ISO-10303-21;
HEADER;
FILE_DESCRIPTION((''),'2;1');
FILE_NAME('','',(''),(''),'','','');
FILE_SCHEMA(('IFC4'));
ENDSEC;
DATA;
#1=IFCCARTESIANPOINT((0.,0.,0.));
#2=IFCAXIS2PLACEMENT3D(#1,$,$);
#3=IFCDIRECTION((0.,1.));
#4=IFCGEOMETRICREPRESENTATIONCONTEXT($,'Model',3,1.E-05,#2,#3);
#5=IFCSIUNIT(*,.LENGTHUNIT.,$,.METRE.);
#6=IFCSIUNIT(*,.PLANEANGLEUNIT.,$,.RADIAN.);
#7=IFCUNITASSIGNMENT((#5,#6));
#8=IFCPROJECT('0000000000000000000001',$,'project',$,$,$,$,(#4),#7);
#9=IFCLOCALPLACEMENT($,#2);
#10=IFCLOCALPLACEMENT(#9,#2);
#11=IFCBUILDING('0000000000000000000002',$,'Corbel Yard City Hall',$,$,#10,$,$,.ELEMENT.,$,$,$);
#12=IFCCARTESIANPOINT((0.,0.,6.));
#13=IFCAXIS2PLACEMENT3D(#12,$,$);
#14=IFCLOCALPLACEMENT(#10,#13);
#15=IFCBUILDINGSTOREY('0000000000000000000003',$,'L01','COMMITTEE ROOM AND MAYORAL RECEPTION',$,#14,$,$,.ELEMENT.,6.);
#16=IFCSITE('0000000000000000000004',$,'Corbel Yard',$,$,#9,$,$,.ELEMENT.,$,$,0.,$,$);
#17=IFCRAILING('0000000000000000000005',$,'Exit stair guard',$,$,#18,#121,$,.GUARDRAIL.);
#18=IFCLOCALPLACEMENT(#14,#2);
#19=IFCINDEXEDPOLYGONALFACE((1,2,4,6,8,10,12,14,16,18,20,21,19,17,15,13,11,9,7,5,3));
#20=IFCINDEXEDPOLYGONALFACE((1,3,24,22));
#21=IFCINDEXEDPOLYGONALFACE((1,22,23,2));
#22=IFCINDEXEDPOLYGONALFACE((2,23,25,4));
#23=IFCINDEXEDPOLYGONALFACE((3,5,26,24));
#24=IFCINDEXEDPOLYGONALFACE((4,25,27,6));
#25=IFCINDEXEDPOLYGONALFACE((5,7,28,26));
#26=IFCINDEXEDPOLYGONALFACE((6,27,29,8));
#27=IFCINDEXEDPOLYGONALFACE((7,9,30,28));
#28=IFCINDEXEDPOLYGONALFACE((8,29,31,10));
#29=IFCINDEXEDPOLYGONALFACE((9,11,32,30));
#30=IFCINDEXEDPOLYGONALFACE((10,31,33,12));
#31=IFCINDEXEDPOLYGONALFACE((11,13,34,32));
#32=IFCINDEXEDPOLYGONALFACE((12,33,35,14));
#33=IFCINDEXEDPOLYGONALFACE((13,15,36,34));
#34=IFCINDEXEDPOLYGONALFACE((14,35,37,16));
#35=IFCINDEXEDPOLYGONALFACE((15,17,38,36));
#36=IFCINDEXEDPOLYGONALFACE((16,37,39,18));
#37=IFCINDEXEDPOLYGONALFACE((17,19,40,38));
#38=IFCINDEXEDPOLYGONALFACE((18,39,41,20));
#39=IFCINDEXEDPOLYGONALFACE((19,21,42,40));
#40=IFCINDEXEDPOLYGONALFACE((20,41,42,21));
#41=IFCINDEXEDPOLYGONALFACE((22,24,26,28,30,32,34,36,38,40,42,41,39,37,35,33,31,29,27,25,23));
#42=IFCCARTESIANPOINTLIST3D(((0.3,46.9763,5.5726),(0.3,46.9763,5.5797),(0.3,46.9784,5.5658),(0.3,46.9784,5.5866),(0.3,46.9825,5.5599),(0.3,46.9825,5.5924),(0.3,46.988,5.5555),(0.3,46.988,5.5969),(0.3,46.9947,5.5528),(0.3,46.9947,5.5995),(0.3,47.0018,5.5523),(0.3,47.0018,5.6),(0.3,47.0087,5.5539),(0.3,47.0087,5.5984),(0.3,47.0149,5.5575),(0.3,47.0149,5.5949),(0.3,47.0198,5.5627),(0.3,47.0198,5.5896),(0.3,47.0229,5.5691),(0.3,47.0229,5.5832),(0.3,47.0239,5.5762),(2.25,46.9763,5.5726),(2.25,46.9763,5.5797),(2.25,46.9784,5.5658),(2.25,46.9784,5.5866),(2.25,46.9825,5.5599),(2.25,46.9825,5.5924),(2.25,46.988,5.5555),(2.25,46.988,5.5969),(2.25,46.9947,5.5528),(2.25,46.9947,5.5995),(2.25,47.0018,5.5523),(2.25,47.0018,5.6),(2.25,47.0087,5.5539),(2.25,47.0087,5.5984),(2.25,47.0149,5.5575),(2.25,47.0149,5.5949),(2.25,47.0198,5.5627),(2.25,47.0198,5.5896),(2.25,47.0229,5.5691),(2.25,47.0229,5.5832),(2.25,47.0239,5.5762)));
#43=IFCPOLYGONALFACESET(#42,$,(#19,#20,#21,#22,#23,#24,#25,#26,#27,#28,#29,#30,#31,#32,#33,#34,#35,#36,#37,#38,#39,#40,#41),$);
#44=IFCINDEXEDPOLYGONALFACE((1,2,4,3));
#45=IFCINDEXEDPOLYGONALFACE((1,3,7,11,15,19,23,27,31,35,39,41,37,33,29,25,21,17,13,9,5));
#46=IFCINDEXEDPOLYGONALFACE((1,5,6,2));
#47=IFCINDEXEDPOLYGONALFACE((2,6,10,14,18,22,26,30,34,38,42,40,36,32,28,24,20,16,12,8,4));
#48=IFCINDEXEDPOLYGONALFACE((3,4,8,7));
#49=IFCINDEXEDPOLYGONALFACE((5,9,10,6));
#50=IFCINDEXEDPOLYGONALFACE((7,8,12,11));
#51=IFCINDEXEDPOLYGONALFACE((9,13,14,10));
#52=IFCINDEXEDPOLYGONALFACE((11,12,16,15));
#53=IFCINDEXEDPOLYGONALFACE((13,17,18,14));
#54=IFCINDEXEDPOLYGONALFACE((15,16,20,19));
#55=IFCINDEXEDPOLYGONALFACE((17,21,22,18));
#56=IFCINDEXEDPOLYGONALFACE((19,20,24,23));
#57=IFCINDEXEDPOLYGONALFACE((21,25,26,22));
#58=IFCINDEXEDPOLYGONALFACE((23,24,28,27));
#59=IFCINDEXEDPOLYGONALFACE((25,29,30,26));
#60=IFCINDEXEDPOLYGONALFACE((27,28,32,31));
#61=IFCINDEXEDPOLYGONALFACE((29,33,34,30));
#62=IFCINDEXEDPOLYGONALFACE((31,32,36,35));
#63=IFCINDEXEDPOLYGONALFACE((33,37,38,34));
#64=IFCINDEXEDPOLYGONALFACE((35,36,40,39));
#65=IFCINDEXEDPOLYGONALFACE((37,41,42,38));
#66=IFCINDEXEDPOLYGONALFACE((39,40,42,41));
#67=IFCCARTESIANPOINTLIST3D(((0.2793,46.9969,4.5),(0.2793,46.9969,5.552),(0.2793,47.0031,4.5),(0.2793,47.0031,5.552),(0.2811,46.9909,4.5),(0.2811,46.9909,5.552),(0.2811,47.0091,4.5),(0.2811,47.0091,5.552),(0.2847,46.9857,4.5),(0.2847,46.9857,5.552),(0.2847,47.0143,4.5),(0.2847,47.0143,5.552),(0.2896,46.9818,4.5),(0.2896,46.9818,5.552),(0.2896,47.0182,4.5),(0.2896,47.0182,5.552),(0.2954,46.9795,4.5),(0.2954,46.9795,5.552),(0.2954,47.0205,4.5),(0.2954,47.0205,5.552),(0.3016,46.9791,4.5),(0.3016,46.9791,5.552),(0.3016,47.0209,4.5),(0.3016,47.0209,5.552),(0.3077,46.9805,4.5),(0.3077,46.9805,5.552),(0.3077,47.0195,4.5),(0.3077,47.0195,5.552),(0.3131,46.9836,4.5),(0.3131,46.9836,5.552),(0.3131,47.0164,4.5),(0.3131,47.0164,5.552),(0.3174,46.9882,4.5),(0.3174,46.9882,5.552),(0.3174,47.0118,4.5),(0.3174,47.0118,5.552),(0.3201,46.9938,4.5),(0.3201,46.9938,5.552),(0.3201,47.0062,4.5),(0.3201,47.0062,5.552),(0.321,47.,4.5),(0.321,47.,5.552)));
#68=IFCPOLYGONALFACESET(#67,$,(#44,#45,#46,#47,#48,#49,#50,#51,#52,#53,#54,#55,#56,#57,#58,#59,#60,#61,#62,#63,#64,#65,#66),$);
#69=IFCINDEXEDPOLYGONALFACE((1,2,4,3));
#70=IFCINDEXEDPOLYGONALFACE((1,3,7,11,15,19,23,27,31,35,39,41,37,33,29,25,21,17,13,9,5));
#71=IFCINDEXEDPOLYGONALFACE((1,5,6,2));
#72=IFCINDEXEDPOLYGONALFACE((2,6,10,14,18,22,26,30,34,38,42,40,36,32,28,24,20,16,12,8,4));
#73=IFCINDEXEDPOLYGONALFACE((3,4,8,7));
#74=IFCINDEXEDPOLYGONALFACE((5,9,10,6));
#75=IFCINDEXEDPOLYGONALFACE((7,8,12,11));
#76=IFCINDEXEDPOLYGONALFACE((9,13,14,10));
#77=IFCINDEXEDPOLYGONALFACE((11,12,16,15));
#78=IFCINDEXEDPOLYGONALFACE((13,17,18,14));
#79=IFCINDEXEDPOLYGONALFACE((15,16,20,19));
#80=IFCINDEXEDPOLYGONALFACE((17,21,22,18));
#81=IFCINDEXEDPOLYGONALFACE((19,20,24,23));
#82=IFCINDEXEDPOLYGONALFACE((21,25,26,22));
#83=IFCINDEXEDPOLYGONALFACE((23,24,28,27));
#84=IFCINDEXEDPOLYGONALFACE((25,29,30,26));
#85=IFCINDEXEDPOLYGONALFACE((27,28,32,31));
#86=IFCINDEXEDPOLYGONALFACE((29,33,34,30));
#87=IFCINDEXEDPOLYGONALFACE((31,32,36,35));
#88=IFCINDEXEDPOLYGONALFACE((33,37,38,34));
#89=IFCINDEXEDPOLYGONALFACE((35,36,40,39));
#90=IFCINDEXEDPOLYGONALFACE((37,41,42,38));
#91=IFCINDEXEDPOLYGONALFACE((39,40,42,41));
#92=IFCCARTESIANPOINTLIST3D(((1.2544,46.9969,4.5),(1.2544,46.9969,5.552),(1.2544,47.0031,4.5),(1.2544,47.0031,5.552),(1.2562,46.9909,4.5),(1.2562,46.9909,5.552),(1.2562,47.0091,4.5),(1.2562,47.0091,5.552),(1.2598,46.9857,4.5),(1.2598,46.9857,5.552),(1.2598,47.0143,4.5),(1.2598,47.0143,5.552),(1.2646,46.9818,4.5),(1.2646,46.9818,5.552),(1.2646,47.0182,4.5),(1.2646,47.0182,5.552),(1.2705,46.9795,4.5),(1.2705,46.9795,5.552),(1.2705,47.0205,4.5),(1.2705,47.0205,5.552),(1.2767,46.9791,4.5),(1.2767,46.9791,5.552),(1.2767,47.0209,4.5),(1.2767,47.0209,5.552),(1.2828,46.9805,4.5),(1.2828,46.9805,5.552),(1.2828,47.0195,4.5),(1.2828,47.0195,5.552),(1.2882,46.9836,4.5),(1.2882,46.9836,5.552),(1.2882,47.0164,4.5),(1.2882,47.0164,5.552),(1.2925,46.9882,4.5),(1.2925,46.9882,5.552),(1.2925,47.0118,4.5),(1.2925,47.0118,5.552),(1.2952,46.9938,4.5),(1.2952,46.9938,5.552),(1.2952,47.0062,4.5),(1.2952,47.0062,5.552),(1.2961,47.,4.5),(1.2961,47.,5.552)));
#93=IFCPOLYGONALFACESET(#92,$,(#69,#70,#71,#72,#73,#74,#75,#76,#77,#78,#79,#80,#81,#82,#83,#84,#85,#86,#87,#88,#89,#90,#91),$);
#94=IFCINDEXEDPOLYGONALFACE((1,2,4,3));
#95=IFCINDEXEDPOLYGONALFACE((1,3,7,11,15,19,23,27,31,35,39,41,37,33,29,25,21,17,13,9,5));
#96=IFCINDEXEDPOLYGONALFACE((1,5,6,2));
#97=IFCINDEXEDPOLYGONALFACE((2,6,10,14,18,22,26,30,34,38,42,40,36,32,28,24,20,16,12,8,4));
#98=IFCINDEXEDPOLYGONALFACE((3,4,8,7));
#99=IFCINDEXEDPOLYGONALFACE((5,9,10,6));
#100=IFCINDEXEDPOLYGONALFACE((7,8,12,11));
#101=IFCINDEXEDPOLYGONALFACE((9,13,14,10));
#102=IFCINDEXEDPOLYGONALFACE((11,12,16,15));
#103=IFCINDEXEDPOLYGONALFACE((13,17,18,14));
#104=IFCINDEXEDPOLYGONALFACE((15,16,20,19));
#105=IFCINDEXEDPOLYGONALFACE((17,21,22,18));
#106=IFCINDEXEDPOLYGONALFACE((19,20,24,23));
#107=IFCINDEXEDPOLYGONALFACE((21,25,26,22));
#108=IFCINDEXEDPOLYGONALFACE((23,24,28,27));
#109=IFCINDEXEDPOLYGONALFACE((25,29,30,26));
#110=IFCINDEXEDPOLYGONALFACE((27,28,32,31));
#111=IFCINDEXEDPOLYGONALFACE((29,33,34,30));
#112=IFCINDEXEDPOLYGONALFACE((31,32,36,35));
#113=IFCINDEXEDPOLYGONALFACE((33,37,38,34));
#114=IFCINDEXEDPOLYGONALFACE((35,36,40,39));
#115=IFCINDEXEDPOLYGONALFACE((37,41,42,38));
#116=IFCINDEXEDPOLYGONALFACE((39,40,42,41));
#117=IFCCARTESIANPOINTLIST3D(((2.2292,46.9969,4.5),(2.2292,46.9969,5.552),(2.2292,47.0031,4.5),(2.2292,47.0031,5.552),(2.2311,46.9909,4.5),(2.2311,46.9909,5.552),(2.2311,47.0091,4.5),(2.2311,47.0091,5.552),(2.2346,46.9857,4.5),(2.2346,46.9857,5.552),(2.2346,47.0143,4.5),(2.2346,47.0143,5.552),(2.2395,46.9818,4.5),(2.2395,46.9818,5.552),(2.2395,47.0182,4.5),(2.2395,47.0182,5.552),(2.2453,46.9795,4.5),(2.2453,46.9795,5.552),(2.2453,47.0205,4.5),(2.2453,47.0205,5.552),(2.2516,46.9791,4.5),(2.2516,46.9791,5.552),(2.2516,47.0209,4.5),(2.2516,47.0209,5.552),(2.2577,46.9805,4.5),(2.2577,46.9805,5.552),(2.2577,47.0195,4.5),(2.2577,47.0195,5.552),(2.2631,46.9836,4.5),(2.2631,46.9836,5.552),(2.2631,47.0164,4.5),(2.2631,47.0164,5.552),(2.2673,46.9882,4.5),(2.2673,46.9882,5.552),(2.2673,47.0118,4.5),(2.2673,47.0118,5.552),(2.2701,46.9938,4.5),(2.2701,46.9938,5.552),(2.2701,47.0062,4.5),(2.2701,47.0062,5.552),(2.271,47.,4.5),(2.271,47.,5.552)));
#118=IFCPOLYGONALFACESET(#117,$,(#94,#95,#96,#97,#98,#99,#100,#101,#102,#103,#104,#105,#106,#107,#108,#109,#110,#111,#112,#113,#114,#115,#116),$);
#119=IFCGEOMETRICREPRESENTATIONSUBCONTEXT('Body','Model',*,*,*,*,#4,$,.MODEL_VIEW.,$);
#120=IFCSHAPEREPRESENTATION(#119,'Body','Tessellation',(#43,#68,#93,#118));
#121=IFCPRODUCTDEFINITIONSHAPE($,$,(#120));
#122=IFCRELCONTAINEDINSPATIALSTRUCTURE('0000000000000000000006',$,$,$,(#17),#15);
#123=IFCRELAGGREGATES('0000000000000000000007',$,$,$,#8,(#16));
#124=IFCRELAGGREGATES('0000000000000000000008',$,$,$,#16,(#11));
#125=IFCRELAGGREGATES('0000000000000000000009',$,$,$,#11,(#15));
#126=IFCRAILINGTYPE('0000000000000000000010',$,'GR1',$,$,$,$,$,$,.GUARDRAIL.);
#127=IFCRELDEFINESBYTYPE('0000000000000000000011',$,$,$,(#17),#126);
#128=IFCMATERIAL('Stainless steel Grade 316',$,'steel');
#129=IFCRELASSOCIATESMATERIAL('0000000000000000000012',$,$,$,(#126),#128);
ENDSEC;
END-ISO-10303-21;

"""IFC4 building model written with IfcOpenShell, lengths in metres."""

from ifc_helpers import new_model, si_unit, direction, frame, origin, origin_2d, place, context, subcontext, project, spatial, circle, extrude, material, type_object, element, save


model = new_model("IFC4")

# Units and contexts
model_context = context("Model", 3, precision=1e-05, world=origin(), true_north=direction((0.0, 1.0)))
body_context = subcontext(model_context, "Body", "Model", "MODEL_VIEW")
ifc_project = project(units=[si_unit("LENGTHUNIT", "METRE"), si_unit("PLANEANGLEUNIT", "RADIAN")], contexts=[model_context])

# Site, building, storey
site_placement = place(None, origin())
site = spatial("IfcSite", under=ifc_project, at=site_placement, Name="Corbel Yard", CompositionType="ELEMENT", RefElevation=0.0)
building_placement = place(site_placement, origin())
building = spatial("IfcBuilding", under=site, at=building_placement, Name="Corbel Yard City Hall", CompositionType="ELEMENT")
storey_placement = place(building_placement, frame((0.0, 0.0, 6.0)))
storey = spatial("IfcBuildingStorey", under=building, at=storey_placement, Name="L01", Description="COMMITTEE ROOM AND MAYORAL RECEPTION", CompositionType="ELEMENT", Elevation=6.0)

# Shared definitions
ifc_material_1 = material(Name="Stainless steel Grade 316", Category="steel")

# Railing
railing_type_1 = type_object("IfcRailingType", Name="GR1", PredefinedType="GUARDRAIL", material=ifc_material_1)
railing_placement = place(storey_placement, frame((0.3, 47.0, 4.5)))
element("IfcRailing", 1, at=railing_placement, inside=storey, type_object=railing_type_1, Name="Exit stair guard", PredefinedType="GUARDRAIL", context=body_context, shape_type="SweptSolid", body=[
    extrude(circle(Radius=0.0239, at=origin_2d()), frame((0.0, 0.0, 1.0762), z_axis=(1.0, 0.0, 0.0), x_axis=(0.0, 1.0, 0.0)), (0.0, 0.0, 1.0), 1.95),
    extrude(circle(Radius=0.021, at=origin_2d()), origin(), (0.0, 0.0, 1.0), 1.052),
    extrude(circle(Radius=0.021, at=origin_2d()), frame((0.9751, 0.0, 0.0)), (0.0, 0.0, 1.0), 1.052),
    extrude(circle(Radius=0.021, at=origin_2d()), frame((1.95, 0.0, 0.0)), (0.0, 0.0, 1.0), 1.052),
])

save(model, "model.ifc")
